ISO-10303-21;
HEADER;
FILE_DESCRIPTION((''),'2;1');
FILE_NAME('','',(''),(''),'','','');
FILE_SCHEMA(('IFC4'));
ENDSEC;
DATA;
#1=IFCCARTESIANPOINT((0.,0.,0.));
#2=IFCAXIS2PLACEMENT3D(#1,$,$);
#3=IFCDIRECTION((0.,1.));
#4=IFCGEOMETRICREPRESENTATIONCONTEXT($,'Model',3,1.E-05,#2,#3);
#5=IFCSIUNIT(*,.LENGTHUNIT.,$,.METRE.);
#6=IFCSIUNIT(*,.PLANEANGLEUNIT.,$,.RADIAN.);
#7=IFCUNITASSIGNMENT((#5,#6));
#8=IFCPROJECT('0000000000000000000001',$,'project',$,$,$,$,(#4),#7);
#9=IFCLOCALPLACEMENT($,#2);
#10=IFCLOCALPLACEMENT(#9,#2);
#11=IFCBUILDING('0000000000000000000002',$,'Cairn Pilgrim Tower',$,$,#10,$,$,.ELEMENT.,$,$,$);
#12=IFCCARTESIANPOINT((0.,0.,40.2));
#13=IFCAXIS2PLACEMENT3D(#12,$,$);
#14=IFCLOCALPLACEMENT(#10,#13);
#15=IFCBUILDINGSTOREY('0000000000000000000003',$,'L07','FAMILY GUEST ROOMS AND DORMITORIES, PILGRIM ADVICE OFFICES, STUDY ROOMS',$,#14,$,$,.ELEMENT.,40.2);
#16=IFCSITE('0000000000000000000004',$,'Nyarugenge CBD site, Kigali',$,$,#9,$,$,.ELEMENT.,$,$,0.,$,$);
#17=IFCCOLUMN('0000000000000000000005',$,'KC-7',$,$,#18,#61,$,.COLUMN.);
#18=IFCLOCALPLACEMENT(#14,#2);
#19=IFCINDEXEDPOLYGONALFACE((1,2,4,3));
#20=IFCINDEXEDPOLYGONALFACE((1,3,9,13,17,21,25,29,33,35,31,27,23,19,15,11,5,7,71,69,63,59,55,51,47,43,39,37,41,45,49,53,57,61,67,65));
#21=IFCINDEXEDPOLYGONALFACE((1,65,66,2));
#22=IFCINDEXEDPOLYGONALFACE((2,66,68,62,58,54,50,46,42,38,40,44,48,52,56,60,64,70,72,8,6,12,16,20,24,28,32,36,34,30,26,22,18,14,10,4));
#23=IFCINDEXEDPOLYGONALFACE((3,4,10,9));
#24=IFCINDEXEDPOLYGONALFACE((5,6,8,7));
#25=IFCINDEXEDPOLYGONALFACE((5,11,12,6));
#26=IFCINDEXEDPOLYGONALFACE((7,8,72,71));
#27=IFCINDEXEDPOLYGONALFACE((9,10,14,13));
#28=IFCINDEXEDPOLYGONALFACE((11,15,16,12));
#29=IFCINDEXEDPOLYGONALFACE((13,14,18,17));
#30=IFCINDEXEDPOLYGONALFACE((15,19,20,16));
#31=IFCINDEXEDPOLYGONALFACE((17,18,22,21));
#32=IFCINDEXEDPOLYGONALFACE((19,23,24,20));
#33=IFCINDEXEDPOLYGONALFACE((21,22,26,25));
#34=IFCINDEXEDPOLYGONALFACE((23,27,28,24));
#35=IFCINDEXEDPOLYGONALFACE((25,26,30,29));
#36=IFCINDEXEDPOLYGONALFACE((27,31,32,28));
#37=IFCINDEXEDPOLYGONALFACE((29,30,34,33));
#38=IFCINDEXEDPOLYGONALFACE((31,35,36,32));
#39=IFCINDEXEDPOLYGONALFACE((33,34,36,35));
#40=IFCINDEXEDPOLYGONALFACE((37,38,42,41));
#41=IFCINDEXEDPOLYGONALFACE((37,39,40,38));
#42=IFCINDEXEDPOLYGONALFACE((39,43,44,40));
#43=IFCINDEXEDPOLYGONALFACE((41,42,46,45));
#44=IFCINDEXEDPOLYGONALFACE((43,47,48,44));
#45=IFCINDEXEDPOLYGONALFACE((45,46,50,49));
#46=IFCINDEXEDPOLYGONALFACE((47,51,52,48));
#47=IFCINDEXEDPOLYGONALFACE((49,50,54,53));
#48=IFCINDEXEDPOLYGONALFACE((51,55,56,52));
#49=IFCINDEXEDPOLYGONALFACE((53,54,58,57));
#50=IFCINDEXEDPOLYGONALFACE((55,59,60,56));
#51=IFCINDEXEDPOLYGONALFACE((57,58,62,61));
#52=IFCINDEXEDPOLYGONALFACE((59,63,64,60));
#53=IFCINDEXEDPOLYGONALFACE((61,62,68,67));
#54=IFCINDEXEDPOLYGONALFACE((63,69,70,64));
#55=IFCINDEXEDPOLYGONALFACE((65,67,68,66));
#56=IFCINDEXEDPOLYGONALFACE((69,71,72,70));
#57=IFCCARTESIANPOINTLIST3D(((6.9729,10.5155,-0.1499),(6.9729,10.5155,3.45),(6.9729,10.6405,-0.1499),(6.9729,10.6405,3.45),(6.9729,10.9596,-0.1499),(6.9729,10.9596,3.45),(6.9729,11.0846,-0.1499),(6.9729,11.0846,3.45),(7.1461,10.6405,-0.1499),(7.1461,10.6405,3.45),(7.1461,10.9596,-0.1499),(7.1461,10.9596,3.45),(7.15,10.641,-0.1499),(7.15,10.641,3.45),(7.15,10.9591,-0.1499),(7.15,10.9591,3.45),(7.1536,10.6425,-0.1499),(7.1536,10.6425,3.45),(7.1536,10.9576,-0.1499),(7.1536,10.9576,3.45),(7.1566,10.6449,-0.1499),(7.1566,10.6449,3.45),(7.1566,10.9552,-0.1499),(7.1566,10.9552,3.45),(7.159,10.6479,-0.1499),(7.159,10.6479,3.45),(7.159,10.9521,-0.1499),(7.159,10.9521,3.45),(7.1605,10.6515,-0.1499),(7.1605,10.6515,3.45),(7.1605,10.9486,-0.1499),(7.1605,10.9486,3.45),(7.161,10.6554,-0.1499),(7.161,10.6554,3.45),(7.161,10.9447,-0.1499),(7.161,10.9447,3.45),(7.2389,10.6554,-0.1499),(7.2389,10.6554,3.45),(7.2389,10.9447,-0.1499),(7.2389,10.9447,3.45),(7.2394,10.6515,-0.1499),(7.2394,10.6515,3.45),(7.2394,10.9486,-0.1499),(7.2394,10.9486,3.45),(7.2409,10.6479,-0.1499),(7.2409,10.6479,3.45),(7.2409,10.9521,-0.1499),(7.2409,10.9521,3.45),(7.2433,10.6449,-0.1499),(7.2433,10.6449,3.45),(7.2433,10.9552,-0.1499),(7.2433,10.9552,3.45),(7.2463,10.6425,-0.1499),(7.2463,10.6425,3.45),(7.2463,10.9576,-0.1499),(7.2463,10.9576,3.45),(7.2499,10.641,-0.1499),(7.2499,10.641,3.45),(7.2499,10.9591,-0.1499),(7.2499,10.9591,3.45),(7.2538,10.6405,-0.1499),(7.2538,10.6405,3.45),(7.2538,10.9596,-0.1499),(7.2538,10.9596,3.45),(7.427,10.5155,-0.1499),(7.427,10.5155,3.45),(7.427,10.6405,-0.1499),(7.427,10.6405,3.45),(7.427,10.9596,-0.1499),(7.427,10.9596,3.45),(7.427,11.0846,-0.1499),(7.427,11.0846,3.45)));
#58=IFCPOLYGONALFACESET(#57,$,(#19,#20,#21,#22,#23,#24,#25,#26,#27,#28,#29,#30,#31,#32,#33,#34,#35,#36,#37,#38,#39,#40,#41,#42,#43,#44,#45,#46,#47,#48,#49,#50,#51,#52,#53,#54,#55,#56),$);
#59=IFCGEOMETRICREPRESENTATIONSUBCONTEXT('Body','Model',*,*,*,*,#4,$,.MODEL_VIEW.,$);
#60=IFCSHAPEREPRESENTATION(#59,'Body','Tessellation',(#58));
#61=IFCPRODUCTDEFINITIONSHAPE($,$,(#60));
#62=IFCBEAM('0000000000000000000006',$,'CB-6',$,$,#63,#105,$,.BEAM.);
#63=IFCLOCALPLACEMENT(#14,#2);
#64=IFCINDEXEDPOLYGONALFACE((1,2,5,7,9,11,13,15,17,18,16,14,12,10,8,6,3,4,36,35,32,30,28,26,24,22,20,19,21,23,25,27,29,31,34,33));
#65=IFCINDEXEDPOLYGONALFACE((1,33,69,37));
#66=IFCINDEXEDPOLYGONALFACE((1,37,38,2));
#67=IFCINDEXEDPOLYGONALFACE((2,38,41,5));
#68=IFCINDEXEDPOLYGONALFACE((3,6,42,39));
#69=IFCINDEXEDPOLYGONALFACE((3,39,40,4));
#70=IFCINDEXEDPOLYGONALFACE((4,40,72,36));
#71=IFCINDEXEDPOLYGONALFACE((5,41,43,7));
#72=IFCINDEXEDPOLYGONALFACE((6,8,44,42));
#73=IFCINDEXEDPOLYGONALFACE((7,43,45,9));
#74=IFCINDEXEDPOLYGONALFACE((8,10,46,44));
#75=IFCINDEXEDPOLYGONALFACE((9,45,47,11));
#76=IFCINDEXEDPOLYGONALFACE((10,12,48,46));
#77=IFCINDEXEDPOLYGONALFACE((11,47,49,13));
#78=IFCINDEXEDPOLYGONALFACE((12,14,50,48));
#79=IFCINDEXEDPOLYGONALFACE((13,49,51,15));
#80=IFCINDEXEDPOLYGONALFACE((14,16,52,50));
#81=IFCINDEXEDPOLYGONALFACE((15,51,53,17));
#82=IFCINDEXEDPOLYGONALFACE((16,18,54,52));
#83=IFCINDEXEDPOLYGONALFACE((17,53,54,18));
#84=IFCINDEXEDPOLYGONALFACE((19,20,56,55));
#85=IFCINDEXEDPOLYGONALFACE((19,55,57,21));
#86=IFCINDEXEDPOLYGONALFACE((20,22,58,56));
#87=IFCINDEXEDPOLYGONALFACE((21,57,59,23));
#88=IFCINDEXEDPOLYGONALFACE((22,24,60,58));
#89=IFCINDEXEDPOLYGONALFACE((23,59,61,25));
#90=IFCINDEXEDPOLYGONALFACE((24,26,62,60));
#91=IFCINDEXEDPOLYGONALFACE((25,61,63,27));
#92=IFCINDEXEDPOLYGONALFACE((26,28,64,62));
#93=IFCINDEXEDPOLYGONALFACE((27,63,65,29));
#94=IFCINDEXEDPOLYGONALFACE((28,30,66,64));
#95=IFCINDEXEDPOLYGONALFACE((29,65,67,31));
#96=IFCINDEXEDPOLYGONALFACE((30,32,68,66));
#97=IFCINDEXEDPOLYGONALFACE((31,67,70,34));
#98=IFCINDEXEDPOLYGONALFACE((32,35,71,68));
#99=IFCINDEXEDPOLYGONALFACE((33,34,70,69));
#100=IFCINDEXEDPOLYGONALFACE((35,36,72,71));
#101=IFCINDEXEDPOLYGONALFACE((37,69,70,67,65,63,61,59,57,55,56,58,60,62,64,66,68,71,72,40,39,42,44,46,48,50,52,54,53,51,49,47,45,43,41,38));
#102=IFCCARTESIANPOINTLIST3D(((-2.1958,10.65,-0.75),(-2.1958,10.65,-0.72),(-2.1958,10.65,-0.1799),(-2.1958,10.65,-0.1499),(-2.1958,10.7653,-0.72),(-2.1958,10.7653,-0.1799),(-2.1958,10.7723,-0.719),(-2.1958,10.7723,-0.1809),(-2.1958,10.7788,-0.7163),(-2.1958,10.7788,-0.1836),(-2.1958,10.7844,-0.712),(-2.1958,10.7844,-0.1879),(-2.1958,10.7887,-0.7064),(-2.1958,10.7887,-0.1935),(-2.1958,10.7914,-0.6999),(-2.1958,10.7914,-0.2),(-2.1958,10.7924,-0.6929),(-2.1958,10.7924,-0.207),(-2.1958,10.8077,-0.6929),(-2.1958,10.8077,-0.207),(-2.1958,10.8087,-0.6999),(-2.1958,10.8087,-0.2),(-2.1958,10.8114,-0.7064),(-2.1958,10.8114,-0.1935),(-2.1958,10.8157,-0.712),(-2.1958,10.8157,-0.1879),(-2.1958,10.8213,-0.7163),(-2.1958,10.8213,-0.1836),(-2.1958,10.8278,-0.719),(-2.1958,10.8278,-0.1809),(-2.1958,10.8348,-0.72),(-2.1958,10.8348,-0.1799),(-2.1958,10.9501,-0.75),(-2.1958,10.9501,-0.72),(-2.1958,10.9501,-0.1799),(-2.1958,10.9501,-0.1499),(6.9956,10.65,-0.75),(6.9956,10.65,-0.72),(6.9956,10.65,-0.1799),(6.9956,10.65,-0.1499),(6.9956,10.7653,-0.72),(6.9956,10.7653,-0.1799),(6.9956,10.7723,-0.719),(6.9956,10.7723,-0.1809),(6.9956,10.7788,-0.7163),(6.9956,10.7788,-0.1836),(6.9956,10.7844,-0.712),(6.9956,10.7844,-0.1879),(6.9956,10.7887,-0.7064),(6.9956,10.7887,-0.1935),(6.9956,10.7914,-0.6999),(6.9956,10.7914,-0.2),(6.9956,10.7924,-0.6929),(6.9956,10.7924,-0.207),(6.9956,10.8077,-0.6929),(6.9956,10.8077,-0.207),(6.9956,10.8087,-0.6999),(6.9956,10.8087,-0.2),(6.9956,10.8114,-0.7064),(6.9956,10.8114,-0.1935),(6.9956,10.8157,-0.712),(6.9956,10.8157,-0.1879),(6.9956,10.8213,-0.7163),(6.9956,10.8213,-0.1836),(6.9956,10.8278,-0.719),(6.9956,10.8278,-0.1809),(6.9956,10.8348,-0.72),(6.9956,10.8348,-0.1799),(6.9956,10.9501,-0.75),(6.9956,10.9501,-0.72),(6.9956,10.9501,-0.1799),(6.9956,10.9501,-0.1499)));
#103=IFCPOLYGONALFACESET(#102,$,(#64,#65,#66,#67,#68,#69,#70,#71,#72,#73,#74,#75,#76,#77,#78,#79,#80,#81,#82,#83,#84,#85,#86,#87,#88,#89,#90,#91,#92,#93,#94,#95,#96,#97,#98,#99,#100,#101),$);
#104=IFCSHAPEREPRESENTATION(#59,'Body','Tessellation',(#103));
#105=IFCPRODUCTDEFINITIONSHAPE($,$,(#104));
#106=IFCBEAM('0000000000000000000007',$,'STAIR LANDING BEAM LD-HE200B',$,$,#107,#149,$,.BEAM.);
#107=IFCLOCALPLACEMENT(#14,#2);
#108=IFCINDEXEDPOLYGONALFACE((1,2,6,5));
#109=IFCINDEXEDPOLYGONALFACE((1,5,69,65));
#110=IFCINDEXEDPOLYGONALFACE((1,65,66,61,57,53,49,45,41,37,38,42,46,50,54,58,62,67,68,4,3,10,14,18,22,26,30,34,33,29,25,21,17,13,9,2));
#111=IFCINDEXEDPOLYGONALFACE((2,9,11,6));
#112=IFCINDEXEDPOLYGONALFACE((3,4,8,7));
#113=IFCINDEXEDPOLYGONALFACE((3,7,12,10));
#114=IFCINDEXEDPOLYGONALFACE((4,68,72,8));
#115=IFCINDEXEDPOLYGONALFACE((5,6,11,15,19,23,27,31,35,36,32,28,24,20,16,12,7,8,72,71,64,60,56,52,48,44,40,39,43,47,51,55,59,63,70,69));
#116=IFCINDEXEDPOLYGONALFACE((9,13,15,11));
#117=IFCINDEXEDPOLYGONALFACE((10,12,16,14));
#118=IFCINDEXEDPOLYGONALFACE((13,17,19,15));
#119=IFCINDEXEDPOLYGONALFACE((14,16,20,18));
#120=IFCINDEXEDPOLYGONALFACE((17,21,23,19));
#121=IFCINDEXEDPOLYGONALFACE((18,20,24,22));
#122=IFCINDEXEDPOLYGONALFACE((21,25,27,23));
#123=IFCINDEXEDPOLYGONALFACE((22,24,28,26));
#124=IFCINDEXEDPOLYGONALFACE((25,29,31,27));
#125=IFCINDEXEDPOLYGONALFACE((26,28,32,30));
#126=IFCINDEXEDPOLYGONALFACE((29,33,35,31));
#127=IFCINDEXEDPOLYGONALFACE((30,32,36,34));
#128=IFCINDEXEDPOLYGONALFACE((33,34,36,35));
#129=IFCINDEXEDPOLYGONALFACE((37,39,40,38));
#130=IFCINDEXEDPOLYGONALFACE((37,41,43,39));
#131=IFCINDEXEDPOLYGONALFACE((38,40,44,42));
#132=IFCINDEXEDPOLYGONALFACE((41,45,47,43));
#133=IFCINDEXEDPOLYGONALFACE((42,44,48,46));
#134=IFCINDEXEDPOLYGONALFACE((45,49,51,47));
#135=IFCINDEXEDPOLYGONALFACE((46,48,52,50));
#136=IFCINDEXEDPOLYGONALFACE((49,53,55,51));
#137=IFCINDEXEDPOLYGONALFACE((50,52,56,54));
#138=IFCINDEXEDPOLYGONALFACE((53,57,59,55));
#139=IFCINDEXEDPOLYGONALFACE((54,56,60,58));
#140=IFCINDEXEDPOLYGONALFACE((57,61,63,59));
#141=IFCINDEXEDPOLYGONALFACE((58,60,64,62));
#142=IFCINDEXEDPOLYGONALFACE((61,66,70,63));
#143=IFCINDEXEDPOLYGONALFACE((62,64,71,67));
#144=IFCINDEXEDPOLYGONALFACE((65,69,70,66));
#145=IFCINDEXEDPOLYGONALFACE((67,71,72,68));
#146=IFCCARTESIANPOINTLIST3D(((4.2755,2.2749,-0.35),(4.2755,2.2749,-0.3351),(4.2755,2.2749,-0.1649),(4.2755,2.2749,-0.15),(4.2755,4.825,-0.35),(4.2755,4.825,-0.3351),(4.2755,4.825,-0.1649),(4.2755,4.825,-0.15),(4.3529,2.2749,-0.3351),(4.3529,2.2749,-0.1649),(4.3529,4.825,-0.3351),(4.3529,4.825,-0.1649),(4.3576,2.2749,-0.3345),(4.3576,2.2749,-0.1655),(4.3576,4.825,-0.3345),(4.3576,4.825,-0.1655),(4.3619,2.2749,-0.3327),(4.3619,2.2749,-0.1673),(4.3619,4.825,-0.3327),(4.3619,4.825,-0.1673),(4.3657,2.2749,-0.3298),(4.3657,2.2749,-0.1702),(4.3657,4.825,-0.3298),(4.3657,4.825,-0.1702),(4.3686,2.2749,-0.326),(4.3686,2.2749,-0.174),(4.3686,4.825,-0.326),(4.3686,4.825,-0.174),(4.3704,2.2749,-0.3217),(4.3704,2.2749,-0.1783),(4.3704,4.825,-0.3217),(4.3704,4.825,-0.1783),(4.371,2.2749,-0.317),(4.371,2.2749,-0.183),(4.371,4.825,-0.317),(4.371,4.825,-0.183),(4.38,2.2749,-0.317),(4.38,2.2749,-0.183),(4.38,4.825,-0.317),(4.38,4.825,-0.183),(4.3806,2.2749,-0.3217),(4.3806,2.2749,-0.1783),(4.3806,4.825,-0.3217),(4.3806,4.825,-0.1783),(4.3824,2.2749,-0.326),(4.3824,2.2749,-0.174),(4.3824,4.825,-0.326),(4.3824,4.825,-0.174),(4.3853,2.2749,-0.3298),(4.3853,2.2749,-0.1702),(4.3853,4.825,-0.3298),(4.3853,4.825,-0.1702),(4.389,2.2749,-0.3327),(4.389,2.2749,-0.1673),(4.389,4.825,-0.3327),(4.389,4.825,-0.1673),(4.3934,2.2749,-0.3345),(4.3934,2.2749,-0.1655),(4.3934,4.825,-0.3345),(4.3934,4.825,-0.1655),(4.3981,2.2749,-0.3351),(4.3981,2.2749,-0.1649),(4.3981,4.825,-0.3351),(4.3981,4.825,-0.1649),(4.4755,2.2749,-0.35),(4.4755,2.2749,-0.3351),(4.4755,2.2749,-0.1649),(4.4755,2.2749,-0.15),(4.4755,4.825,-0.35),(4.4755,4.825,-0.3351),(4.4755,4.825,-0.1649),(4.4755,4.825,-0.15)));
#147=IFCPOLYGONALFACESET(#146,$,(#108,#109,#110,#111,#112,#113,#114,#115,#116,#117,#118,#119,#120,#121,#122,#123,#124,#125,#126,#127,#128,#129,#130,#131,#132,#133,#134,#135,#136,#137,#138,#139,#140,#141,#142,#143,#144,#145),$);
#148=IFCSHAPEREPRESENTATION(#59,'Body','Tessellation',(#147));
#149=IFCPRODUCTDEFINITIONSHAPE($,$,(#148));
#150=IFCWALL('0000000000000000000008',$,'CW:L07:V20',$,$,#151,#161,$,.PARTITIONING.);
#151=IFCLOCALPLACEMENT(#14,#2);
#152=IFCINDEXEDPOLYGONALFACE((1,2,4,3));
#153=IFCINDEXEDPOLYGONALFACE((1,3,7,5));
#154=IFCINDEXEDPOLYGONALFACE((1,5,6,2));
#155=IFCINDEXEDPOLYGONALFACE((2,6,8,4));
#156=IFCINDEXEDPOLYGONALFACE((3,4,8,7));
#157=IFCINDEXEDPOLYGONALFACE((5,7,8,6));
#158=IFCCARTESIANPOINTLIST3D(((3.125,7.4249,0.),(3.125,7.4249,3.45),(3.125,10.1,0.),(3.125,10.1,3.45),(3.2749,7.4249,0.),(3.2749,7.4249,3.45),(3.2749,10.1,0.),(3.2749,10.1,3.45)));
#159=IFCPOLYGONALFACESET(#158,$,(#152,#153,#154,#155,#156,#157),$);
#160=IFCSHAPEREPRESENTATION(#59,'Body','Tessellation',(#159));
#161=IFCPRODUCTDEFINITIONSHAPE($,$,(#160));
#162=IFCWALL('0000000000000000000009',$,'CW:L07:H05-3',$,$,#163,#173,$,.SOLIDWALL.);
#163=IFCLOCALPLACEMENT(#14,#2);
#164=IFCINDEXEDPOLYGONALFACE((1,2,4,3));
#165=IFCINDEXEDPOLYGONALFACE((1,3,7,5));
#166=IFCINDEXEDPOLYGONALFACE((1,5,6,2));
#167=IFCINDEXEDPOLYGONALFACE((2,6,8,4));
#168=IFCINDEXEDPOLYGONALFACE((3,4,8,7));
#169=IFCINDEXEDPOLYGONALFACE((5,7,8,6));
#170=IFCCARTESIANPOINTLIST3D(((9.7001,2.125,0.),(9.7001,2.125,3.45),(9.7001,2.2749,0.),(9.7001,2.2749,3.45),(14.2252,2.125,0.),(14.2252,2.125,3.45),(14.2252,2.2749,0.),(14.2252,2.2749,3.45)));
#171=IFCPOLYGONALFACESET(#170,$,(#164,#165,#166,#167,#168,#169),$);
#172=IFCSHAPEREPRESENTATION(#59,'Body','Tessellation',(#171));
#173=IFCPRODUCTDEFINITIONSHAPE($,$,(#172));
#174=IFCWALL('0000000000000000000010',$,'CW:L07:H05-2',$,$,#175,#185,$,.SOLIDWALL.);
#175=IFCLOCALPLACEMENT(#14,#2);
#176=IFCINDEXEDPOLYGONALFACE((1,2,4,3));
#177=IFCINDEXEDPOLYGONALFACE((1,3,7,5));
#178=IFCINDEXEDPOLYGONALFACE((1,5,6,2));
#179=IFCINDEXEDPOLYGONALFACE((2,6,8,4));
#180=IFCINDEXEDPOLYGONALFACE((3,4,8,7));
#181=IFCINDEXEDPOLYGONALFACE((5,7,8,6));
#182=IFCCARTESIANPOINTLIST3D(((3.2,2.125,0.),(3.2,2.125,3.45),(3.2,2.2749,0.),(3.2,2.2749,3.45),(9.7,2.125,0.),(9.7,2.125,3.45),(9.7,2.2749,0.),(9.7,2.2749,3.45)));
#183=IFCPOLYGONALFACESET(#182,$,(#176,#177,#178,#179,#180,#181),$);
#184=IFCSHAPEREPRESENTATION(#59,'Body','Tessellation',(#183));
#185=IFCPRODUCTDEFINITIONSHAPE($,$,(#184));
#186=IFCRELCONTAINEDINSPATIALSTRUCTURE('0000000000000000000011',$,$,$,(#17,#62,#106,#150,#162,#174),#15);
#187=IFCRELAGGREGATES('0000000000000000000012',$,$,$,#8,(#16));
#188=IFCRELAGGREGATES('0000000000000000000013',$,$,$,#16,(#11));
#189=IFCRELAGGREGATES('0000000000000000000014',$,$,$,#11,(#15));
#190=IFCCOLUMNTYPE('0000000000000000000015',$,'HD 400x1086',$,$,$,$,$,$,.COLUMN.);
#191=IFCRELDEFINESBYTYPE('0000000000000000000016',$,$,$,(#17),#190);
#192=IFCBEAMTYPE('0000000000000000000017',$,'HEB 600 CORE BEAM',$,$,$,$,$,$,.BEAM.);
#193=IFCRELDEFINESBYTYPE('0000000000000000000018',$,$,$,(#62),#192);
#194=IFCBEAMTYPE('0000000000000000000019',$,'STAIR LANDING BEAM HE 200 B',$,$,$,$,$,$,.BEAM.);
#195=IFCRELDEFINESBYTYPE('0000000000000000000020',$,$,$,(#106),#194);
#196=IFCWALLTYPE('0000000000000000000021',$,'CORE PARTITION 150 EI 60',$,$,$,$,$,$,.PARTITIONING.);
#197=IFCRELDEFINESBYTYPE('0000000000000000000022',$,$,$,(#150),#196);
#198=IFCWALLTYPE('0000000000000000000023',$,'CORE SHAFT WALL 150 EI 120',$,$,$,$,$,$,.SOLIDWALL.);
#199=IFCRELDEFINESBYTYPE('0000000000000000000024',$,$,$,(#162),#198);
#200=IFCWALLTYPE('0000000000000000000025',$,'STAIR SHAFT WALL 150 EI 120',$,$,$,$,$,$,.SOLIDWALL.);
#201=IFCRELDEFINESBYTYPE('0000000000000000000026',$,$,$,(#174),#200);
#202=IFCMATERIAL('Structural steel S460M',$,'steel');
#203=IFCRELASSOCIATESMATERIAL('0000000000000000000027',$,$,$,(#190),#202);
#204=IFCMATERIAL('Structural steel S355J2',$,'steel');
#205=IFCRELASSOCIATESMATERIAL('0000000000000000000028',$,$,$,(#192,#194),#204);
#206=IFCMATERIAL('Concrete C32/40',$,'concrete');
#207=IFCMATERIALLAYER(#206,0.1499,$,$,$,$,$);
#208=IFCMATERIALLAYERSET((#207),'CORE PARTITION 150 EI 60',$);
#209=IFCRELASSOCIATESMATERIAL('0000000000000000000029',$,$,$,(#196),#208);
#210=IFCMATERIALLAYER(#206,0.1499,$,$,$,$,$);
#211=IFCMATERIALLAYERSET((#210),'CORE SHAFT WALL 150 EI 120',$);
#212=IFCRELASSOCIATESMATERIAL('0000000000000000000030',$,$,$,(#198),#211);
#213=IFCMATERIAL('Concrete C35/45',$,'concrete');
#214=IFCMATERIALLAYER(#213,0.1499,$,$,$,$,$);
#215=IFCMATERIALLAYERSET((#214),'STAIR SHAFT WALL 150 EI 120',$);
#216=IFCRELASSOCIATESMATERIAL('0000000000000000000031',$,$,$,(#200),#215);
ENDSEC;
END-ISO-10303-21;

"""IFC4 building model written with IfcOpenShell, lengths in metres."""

from ifc_helpers import new_model, si_unit, direction, frame, frame_2d, origin, origin_2d, place, context, subcontext, project, spatial, rectangle, i_section, extrude, material, layer, layer_set, material_profile, profile_set, type_object, element, save


model = new_model("IFC4")

# Units and contexts
model_context = context("Model", 3, precision=1e-05, world=origin(), true_north=direction((0.0, 1.0)))
body_context = subcontext(model_context, "Body", "Model", "MODEL_VIEW")
ifc_project = project(units=[si_unit("LENGTHUNIT", "METRE"), si_unit("PLANEANGLEUNIT", "RADIAN")], contexts=[model_context])

# Site, building, storey
site_placement = place(None, origin())
site = spatial("IfcSite", under=ifc_project, at=site_placement, Name="Nyarugenge CBD site, Kigali", CompositionType="ELEMENT", RefElevation=0.0)
building_placement = place(site_placement, origin())
building = spatial("IfcBuilding", under=site, at=building_placement, Name="Cairn Pilgrim Tower", CompositionType="ELEMENT")
storey_placement = place(building_placement, frame((0.0, 0.0, 40.2)))
storey = spatial("IfcBuildingStorey", under=building, at=storey_placement, Name="L07", Description="FAMILY GUEST ROOMS AND DORMITORIES, PILGRIM ADVICE OFFICES, STUDY ROOMS", CompositionType="ELEMENT", Elevation=40.2)

# Column
ifc_material_1 = material(Name="Structural steel S460M", Category="steel")
ifc_material_profile_1 = material_profile(ifc_material_1, i_section(OverallWidth=0.4541, OverallDepth=0.5691, WebThickness=0.0779, FlangeThickness=0.125, FilletRadius=0.0149, at=origin_2d()), Name="HD 400x1086")
ifc_profile_set_1 = profile_set([ifc_material_profile_1], Name="Structural steel S460M")
column_type = type_object("IfcColumnType", Name="HD 400x1086", PredefinedType="COLUMN", material=ifc_profile_set_1)
column_placement = place(storey_placement, frame((7.2, 10.8, -0.1499), z_axis=(0.0, 0.0, 1.0), x_axis=(1.0, 0.0, 0.0)))
element("IfcColumn", 1, at=column_placement, inside=storey, type_object=column_type, Name="KC-7", PredefinedType="COLUMN", context=body_context, shape_type="SweptSolid", body=[
    extrude(i_section(OverallWidth=0.4541, OverallDepth=0.5691, WebThickness=0.0779, FlangeThickness=0.125, FilletRadius=0.0149, at=origin_2d()), origin(), (0.0, 0.0, 1.0), 3.5999),
])

# Beams
ifc_material_2 = material(Name="Structural steel S355J2", Category="steel")
ifc_material_profile_2 = material_profile(ifc_material_2, i_section(OverallWidth=0.3, OverallDepth=0.6001, WebThickness=0.0154, FlangeThickness=0.03, FilletRadius=0.0271, at=origin_2d()), Name="HEB 600")
ifc_profile_set_2 = profile_set([ifc_material_profile_2], Name="Structural steel S355J2")
beam_type_1 = type_object("IfcBeamType", Name="HEB 600 CORE BEAM", PredefinedType="BEAM", material=ifc_profile_set_2)
beam_1_placement = place(storey_placement, frame((6.9956, 10.8, -0.45), z_axis=(-1.0, 0.0, 0.0), x_axis=(0.0, -1.0, 0.0)))
element("IfcBeam", 2, at=beam_1_placement, inside=storey, type_object=beam_type_1, Name="CB-6", PredefinedType="BEAM", context=body_context, shape_type="SweptSolid", body=[
    extrude(i_section(OverallWidth=0.3, OverallDepth=0.6001, WebThickness=0.0154, FlangeThickness=0.03, FilletRadius=0.0271, at=origin_2d()), origin(), (0.0, 0.0, 1.0), 9.1914),
])
ifc_material_profile_3 = material_profile(ifc_material_2, i_section(OverallWidth=0.2, OverallDepth=0.2, WebThickness=0.009, FlangeThickness=0.0149, FilletRadius=0.0181, at=origin_2d()), Name="HE 200 B")
ifc_profile_set_3 = profile_set([ifc_material_profile_3], Name="Structural steel S355J2")
beam_type_2 = type_object("IfcBeamType", Name="STAIR LANDING BEAM HE 200 B", PredefinedType="BEAM", material=ifc_profile_set_3)
beam_2_placement = place(storey_placement, frame((4.3755, 2.2749, -0.25), z_axis=(0.0, 1.0, 0.0), x_axis=(-1.0, 0.0, 0.0)))
element("IfcBeam", 3, at=beam_2_placement, inside=storey, type_object=beam_type_2, Name="STAIR LANDING BEAM LD-HE200B", PredefinedType="BEAM", context=body_context, shape_type="SweptSolid", body=[
    extrude(i_section(OverallWidth=0.2, OverallDepth=0.2, WebThickness=0.009, FlangeThickness=0.0149, FilletRadius=0.0181, at=origin_2d()), origin(), (0.0, 0.0, 1.0), 2.55),
])

# Walls
ifc_material_3 = material(Name="Concrete C32/40", Category="concrete")
ifc_layer_1 = layer(ifc_material_3, 0.1499)
ifc_layer_set_1 = layer_set([ifc_layer_1], Name="CORE PARTITION 150 EI 60")
wall_type_1 = type_object("IfcWallType", Name="CORE PARTITION 150 EI 60", PredefinedType="PARTITIONING", material=ifc_layer_set_1)
wall_1_placement = place(storey_placement, frame((3.2, 7.425, 0.0), z_axis=(0.0, 0.0, 1.0), x_axis=(0.0, 1.0, 0.0)))
element("IfcWall", 4, at=wall_1_placement, inside=storey, type_object=wall_type_1, Name="CW:L07:V20", PredefinedType="PARTITIONING", context=body_context, shape_type="SweptSolid", body=[
    extrude(rectangle(XDim=2.675, YDim=0.1499, at=frame_2d((1.3374, 0.0))), origin(), (0.0, 0.0, 1.0), 3.45),
])
ifc_layer_2 = layer(ifc_material_3, 0.1499)
ifc_layer_set_2 = layer_set([ifc_layer_2], Name="CORE SHAFT WALL 150 EI 120")
wall_type_2 = type_object("IfcWallType", Name="CORE SHAFT WALL 150 EI 120", PredefinedType="SOLIDWALL", material=ifc_layer_set_2)
wall_2_placement = place(storey_placement, frame((9.7, 2.2, 0.0), z_axis=(0.0, 0.0, 1.0), x_axis=(1.0, 0.0, 0.0)))
element("IfcWall", 5, at=wall_2_placement, inside=storey, type_object=wall_type_2, Name="CW:L07:H05-3", PredefinedType="SOLIDWALL", context=body_context, shape_type="SweptSolid", body=[
    extrude(rectangle(XDim=4.5251, YDim=0.1499, at=frame_2d((2.2627, 0.0))), origin(), (0.0, 0.0, 1.0), 3.45),
])
ifc_material_4 = material(Name="Concrete C35/45", Category="concrete")
ifc_layer_3 = layer(ifc_material_4, 0.1499)
ifc_layer_set_3 = layer_set([ifc_layer_3], Name="STAIR SHAFT WALL 150 EI 120")
wall_type_3 = type_object("IfcWallType", Name="STAIR SHAFT WALL 150 EI 120", PredefinedType="SOLIDWALL", material=ifc_layer_set_3)
wall_3_placement = place(storey_placement, frame((3.2, 2.2, 0.0), z_axis=(0.0, 0.0, 1.0), x_axis=(1.0, 0.0, 0.0)))
element("IfcWall", 6, at=wall_3_placement, inside=storey, type_object=wall_type_3, Name="CW:L07:H05-2", PredefinedType="SOLIDWALL", context=body_context, shape_type="SweptSolid", body=[
    extrude(rectangle(XDim=6.5, YDim=0.1499, at=frame_2d((3.25, 0.0))), origin(), (0.0, 0.0, 1.0), 3.45),
])

save(model, "model.ifc")
